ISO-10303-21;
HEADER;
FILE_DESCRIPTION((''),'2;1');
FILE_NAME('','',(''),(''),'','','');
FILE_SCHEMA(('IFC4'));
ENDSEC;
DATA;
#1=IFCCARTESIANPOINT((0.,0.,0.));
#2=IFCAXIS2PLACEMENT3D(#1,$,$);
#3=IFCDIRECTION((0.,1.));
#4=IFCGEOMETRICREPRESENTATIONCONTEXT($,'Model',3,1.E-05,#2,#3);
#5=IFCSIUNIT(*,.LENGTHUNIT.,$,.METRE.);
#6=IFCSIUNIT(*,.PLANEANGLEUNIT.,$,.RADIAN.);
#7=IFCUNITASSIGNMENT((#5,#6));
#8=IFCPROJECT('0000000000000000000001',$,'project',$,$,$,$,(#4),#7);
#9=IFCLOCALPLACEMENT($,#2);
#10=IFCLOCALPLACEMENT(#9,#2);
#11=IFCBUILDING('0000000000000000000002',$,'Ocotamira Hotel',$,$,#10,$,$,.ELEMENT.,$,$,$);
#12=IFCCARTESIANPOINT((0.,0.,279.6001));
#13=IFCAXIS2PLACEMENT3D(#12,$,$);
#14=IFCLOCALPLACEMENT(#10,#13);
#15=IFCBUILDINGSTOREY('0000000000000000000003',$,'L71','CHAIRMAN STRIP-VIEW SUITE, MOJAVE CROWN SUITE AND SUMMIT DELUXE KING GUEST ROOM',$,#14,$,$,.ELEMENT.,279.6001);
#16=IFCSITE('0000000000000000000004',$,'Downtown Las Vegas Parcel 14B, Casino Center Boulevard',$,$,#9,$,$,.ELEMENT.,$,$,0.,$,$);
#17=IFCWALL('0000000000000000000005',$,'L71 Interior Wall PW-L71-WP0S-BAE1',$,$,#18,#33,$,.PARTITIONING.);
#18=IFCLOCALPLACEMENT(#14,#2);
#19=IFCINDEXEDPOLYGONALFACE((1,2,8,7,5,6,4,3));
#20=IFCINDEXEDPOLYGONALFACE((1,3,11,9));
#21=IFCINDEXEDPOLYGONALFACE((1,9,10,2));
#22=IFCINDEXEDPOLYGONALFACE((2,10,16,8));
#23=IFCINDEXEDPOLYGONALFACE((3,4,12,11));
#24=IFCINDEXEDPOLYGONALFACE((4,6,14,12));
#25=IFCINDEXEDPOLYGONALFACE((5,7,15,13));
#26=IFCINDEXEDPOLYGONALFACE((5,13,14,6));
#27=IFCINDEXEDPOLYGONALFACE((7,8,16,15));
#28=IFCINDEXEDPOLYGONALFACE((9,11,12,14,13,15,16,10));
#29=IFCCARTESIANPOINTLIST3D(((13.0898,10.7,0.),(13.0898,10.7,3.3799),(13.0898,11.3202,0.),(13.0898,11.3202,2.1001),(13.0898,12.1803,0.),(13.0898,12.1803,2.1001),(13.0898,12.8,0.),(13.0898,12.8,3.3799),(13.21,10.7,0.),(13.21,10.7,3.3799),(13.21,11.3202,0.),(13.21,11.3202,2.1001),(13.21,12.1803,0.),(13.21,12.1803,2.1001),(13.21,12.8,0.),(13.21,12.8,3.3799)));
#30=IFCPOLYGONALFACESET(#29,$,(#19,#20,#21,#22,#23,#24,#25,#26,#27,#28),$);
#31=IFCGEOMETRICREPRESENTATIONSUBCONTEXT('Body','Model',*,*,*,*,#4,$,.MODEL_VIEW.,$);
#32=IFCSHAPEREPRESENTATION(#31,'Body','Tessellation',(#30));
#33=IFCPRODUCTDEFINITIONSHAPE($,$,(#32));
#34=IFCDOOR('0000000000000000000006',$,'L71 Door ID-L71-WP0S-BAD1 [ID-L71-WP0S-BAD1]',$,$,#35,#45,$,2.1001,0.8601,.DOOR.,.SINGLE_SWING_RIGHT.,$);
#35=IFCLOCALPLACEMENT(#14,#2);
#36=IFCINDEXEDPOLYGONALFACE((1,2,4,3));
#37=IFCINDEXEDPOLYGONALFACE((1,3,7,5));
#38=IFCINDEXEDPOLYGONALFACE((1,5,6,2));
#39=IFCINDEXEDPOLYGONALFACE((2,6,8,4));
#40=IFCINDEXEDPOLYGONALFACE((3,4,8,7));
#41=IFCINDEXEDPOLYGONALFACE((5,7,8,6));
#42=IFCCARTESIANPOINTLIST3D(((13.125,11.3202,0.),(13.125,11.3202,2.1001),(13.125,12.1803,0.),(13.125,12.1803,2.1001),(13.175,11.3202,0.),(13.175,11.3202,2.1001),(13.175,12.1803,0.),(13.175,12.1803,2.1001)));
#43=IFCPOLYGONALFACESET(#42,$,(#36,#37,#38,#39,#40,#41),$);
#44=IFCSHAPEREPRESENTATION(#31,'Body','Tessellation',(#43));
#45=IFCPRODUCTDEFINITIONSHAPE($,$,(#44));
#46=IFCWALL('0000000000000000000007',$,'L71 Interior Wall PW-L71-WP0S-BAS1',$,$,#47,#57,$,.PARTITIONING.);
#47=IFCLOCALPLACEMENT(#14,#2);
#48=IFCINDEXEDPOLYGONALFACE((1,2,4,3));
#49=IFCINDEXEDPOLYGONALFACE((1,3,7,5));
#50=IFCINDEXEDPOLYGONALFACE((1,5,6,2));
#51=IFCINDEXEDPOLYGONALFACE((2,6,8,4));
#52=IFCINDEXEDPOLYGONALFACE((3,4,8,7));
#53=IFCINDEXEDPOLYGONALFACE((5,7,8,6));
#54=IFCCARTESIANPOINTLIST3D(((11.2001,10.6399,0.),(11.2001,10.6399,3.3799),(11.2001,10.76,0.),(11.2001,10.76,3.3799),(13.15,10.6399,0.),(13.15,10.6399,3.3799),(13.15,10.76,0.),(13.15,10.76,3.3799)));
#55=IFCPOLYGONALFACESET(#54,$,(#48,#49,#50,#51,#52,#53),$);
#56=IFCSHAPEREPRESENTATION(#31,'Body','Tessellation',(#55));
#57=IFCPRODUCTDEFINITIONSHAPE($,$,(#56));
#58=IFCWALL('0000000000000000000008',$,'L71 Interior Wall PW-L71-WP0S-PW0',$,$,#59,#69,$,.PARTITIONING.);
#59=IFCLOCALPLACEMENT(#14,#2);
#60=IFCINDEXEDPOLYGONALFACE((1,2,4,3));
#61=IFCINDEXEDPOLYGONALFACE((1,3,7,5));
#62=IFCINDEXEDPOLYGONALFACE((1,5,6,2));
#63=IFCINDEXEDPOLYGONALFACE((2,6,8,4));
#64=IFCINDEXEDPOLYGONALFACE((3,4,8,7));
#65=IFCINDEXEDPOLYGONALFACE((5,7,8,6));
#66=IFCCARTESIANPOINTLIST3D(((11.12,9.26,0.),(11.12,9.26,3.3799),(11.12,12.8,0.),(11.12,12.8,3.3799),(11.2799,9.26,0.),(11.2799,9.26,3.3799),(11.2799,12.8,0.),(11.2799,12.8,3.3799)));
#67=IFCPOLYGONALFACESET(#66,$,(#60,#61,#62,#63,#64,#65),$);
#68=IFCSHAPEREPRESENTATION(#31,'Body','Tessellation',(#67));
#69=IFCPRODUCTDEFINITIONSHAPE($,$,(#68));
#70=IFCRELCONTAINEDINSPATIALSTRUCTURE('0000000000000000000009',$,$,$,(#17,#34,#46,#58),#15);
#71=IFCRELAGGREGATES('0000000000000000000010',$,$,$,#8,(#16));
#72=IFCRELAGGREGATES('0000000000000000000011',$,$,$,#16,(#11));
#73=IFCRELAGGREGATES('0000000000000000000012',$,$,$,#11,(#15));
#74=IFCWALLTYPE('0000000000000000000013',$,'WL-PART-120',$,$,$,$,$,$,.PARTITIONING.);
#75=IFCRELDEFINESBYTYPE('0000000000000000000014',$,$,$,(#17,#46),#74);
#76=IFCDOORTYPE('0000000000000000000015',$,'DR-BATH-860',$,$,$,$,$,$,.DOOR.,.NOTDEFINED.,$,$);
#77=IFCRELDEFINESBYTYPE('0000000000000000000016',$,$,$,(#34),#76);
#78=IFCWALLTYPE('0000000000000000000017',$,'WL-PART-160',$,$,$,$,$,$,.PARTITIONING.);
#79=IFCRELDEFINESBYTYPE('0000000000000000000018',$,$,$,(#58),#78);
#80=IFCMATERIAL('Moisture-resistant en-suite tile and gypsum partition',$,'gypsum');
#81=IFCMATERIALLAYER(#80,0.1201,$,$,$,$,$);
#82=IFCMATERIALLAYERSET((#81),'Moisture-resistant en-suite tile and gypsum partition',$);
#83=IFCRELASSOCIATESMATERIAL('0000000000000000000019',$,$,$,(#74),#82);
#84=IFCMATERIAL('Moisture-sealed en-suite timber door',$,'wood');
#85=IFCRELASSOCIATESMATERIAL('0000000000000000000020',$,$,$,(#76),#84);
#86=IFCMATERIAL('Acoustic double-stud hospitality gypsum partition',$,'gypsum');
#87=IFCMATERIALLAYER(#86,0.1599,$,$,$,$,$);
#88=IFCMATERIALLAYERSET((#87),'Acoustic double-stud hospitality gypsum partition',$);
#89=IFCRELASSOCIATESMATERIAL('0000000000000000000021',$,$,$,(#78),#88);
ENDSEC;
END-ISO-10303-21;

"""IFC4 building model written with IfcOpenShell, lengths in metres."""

from ifc_helpers import new_model, si_unit, direction, frame, frame_2d, origin, place, context, subcontext, project, spatial, rectangle, extrude, source, transform, mapped, material, layer, layer_set, type_object, element, fill, save


model = new_model("IFC4")

# Units and contexts
model_context = context("Model", 3, precision=1e-05, world=origin(), true_north=direction((0.0, 1.0)))
body_context = subcontext(model_context, "Body", "Model", "MODEL_VIEW")
ifc_project = project(units=[si_unit("LENGTHUNIT", "METRE"), si_unit("PLANEANGLEUNIT", "RADIAN")], contexts=[model_context])

# Site, building, storey
site_placement = place(None, origin())
site = spatial("IfcSite", under=ifc_project, at=site_placement, Name="Downtown Las Vegas Parcel 14B, Casino Center Boulevard", CompositionType="ELEMENT", RefElevation=0.0)
building_placement = place(site_placement, origin())
building = spatial("IfcBuilding", under=site, at=building_placement, Name="Ocotamira Hotel", CompositionType="ELEMENT")
storey_placement = place(building_placement, frame((0.0, 0.0, 279.6001)))
storey = spatial("IfcBuildingStorey", under=building, at=storey_placement, Name="L71", Description="CHAIRMAN STRIP-VIEW SUITE, MOJAVE CROWN SUITE AND SUMMIT DELUXE KING GUEST ROOM", CompositionType="ELEMENT", Elevation=279.6001)

# Wall, opening, door
ifc_material_1 = material(Name="Moisture-resistant en-suite tile and gypsum partition", Category="gypsum")
ifc_layer_1 = layer(ifc_material_1, 0.1201)
ifc_layer_set_1 = layer_set([ifc_layer_1], Name="Moisture-resistant en-suite tile and gypsum partition")
wall_type_1 = type_object("IfcWallType", Name="WL-PART-120", PredefinedType="PARTITIONING", material=ifc_layer_set_1)
wall_1_placement = place(storey_placement, frame((13.1499, 10.7, 0.0), z_axis=(0.0, 0.0, 1.0), x_axis=(0.0, 1.0, 0.0)))
wall_1 = element("IfcWall", 1, at=wall_1_placement, inside=storey, type_object=wall_type_1, Name="L71 Interior Wall PW-L71-WP0S-BAE1", PredefinedType="PARTITIONING", context=body_context, shape_type="SweptSolid", body=[
    extrude(rectangle(XDim=2.1001, YDim=0.1201, at=frame_2d((1.05, 0.0))), origin(), (0.0, 0.0, 1.0), 3.3799),
])
opening_1_placement = place(wall_1_placement, frame((0.6201, 0.0, 0.0)))
opening_1 = element("IfcOpeningElement", 2, at=opening_1_placement, cuts=wall_1, PredefinedType="OPENING", context=body_context, shape_type="SweptSolid", body=[
    extrude(rectangle(XDim=0.8601, YDim=2.1001, at=frame_2d((0.4302, 1.05))), frame((0.0, 0.0701, 0.0), z_axis=(0.0, -1.0, 0.0), x_axis=(1.0, 0.0, 0.0)), (0.0, 0.0, 1.0), 0.1401),
])
ifc_material_2 = material(Name="Moisture-sealed en-suite timber door", Category="wood")
door_type_1 = type_object("IfcDoorType", Name="DR-BATH-860", OperationType="NOTDEFINED", PredefinedType="DOOR", material=ifc_material_2)
shared_shape_1 = source(origin(), body_context, "Body", "SweptSolid", [
    extrude(rectangle(XDim=0.8601, YDim=2.1001, at=frame_2d((0.4302, 1.05))), frame((0.0, 0.0249, 0.0), z_axis=(0.0, -1.0, 0.0), x_axis=(1.0, 0.0, 0.0)), (0.0, 0.0, 1.0), 0.05),
])
door_1_placement = place(opening_1_placement, origin())
door_1 = element("IfcDoor", 3, at=door_1_placement, inside=storey, type_object=door_type_1, Name="L71 Door ID-L71-WP0S-BAD1 [ID-L71-WP0S-BAD1]", OperationType="SINGLE_SWING_RIGHT", OverallHeight=2.1001, OverallWidth=0.8601, PredefinedType="DOOR", context=body_context, shape_type="MappedRepresentation", body=[
    mapped(shared_shape_1, transform((0.0, 0.0, 0.0), scale=1.0)),
])
fill(opening_1, door_1)

# Walls
wall_2_placement = place(storey_placement, frame((11.2, 10.7, 0.0), z_axis=(0.0, 0.0, 1.0), x_axis=(1.0, 0.0, 0.0)))
element("IfcWall", 4, at=wall_2_placement, inside=storey, type_object=wall_type_1, Name="L71 Interior Wall PW-L71-WP0S-BAS1", PredefinedType="PARTITIONING", context=body_context, shape_type="SweptSolid", body=[
    extrude(rectangle(XDim=1.95, YDim=0.1201, at=frame_2d((0.9751, 0.0))), origin(), (0.0, 0.0, 1.0), 3.3799),
])
ifc_material_3 = material(Name="Acoustic double-stud hospitality gypsum partition", Category="gypsum")
ifc_layer_2 = layer(ifc_material_3, 0.1599)
ifc_layer_set_2 = layer_set([ifc_layer_2], Name="Acoustic double-stud hospitality gypsum partition")
wall_type_2 = type_object("IfcWallType", Name="WL-PART-160", PredefinedType="PARTITIONING", material=ifc_layer_set_2)
wall_3_placement = place(storey_placement, frame((11.2, 9.26, 0.0), z_axis=(0.0, 0.0, 1.0), x_axis=(0.0, 1.0, 0.0)))
element("IfcWall", 5, at=wall_3_placement, inside=storey, type_object=wall_type_2, Name="L71 Interior Wall PW-L71-WP0S-PW0", PredefinedType="PARTITIONING", context=body_context, shape_type="SweptSolid", body=[
    extrude(rectangle(XDim=3.54, YDim=0.1599, at=frame_2d((1.77, 0.0))), origin(), (0.0, 0.0, 1.0), 3.3799),
])

save(model, "model.ifc")
